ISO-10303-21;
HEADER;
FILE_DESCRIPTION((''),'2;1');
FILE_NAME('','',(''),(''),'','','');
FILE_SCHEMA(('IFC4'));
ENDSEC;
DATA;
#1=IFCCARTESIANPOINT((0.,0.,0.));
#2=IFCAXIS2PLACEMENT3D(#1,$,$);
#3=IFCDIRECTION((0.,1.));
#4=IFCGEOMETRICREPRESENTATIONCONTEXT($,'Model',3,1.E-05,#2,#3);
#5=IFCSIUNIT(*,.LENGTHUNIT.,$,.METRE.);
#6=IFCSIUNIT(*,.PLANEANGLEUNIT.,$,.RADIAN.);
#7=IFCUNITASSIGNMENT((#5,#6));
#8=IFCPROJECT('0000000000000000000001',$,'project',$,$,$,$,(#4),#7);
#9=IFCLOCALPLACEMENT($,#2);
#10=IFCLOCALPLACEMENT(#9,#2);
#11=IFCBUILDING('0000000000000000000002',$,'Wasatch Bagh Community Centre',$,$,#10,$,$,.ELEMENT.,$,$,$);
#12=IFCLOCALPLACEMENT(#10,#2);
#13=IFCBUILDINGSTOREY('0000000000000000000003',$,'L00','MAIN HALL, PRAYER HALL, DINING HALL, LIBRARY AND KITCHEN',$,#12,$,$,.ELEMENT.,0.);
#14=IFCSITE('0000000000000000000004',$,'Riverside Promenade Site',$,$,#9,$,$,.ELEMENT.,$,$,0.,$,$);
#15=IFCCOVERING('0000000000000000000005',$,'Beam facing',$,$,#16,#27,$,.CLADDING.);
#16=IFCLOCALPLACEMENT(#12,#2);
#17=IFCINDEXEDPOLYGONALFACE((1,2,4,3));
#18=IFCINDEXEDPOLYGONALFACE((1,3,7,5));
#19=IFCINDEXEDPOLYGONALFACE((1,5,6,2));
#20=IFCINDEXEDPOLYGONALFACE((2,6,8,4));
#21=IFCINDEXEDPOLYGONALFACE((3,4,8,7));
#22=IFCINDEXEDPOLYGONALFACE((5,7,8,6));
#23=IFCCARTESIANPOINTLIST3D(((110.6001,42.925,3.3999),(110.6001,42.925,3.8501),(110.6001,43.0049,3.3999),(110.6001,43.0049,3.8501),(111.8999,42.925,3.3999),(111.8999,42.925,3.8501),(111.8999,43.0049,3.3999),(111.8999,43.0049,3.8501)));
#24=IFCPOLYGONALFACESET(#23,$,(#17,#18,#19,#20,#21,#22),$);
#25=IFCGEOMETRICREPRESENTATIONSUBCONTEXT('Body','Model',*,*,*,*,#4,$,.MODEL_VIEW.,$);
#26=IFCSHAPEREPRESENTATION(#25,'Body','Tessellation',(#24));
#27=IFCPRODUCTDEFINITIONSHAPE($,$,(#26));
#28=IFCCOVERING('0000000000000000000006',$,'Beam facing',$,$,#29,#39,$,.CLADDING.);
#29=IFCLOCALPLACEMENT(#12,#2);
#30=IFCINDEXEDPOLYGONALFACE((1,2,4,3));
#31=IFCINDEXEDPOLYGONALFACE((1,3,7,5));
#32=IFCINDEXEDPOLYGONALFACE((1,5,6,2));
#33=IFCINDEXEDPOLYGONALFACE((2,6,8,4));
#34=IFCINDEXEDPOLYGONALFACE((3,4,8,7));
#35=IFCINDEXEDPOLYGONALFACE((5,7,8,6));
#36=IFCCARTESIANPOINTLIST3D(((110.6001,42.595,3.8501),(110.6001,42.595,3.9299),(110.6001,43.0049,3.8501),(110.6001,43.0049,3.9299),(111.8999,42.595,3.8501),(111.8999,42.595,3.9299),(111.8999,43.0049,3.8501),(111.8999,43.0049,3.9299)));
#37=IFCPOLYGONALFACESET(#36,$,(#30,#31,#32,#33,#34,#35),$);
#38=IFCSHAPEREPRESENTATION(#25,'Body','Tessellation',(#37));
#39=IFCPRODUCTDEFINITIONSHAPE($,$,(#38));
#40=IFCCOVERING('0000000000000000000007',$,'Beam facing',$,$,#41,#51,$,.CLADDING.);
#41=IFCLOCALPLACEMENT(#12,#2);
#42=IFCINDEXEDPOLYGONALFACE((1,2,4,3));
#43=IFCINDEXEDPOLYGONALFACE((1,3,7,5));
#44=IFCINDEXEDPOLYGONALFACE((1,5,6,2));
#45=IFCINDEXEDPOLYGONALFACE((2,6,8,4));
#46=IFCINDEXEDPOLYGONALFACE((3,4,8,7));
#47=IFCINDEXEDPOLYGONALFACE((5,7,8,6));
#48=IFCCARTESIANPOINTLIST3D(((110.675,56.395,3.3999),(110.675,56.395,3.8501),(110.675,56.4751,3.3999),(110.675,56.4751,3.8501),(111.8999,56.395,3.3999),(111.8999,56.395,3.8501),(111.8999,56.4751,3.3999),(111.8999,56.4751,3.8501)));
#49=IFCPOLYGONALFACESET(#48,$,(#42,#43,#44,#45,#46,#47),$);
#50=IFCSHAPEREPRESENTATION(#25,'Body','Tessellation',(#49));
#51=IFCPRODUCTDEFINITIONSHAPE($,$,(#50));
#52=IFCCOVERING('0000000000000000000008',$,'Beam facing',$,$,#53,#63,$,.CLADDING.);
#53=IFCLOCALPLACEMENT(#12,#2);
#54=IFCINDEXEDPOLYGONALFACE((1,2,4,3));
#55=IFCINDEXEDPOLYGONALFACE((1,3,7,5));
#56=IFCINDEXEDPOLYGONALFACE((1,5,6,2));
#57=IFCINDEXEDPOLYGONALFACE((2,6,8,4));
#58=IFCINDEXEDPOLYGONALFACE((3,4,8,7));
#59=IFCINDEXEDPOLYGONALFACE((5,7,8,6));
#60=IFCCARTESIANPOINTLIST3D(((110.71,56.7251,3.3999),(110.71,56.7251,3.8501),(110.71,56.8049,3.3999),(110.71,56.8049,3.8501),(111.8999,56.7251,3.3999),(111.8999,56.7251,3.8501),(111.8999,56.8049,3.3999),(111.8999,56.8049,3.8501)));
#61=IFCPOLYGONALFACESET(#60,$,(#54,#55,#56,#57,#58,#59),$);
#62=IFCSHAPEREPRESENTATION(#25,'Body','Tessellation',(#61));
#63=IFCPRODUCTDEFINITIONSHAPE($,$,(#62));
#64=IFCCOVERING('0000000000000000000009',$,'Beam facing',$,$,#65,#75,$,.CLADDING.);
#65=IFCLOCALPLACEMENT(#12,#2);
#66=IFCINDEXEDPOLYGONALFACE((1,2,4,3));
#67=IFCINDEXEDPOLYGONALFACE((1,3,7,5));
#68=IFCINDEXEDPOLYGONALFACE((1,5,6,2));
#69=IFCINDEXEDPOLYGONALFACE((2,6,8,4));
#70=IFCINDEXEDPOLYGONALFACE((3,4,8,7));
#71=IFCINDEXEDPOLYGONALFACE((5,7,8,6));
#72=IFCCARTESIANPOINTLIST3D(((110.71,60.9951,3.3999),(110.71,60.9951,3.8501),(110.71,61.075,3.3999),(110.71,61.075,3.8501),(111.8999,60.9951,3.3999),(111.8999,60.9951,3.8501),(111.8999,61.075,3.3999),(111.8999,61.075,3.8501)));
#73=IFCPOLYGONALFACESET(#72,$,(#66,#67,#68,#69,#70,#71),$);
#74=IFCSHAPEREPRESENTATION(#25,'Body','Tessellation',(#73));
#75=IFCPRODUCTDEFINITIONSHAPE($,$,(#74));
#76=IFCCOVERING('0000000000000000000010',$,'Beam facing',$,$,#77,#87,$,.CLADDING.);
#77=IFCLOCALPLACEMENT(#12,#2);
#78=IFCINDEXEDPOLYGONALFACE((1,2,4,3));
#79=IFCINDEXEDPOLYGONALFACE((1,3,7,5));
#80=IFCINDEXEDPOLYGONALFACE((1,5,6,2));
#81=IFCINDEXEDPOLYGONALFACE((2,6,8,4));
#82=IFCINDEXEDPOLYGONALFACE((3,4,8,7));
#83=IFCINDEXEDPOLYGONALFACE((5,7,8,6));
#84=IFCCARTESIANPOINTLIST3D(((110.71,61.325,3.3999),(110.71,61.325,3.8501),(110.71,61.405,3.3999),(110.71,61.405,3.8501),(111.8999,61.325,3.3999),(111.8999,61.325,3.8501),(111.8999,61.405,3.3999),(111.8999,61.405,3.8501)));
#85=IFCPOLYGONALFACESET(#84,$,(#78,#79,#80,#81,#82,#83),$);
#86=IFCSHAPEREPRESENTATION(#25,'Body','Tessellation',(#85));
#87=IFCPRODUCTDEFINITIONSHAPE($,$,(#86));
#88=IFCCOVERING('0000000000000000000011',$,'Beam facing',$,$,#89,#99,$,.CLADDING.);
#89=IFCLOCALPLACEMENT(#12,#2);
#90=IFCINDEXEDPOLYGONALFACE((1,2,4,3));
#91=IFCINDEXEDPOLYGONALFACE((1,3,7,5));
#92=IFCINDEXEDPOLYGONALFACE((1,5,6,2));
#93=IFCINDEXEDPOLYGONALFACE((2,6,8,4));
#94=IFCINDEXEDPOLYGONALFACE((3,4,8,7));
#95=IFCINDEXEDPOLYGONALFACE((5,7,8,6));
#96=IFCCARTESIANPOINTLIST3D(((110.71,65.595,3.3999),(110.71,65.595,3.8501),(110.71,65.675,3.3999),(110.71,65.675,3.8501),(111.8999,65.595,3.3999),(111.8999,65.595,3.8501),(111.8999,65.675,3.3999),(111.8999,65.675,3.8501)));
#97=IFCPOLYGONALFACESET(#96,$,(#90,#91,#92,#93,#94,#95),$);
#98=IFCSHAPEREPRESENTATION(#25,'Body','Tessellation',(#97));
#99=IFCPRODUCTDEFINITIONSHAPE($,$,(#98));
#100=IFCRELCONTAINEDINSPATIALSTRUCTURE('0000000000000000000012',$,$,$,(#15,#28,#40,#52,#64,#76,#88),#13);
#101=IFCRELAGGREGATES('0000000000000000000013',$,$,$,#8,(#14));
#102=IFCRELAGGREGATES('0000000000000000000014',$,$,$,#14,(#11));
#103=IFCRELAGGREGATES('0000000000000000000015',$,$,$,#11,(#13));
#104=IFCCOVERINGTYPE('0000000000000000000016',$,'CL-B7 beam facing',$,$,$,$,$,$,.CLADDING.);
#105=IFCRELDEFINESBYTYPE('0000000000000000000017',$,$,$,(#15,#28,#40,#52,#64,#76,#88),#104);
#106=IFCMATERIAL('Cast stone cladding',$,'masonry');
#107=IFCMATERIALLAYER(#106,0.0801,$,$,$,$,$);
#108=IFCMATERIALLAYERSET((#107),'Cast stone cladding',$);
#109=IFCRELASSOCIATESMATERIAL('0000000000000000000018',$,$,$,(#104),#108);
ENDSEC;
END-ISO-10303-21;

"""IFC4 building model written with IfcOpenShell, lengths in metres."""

from ifc_helpers import new_model, si_unit, direction, frame, origin, place, context, subcontext, project, spatial, polyline, outline, extrude, material, layer, layer_set, type_object, element, save


model = new_model("IFC4")

# Units and contexts
model_context = context("Model", 3, precision=1e-05, world=origin(), true_north=direction((0.0, 1.0)))
body_context = subcontext(model_context, "Body", "Model", "MODEL_VIEW")
ifc_project = project(units=[si_unit("LENGTHUNIT", "METRE"), si_unit("PLANEANGLEUNIT", "RADIAN")], contexts=[model_context])

# Site, building, storey
site_placement = place(None, origin())
site = spatial("IfcSite", under=ifc_project, at=site_placement, Name="Riverside Promenade Site", CompositionType="ELEMENT", RefElevation=0.0)
building_placement = place(site_placement, origin())
building = spatial("IfcBuilding", under=site, at=building_placement, Name="Wasatch Bagh Community Centre", CompositionType="ELEMENT")
storey_placement = place(building_placement, origin())
storey = spatial("IfcBuildingStorey", under=building, at=storey_placement, Name="L00", Description="MAIN HALL, PRAYER HALL, DINING HALL, LIBRARY AND KITCHEN", CompositionType="ELEMENT", Elevation=0.0)

# Coverings
ifc_material = material(Name="Cast stone cladding", Category="masonry")
ifc_layer = layer(ifc_material, 0.0801)
ifc_layer_set = layer_set([ifc_layer], Name="Cast stone cladding")
covering_type = type_object("IfcCoveringType", Name="CL-B7 beam facing", PredefinedType="CLADDING", material=ifc_layer_set)
covering_1_placement = place(storey_placement, frame((0.0, 0.0, 3.3999)))
element("IfcCovering", 1, at=covering_1_placement, inside=storey, type_object=covering_type, Name="Beam facing", PredefinedType="CLADDING", context=body_context, shape_type="SweptSolid", body=[
    extrude(outline(polyline([(111.8999, 42.925), (110.6001, 42.925), (110.6001, 43.0049), (111.8999, 43.0049), (111.8999, 42.925)])), origin(), (0.0, 0.0, 1.0), 0.4502),
])
covering_2_placement = place(storey_placement, frame((0.0, 0.0, 3.8501)))
element("IfcCovering", 2, at=covering_2_placement, inside=storey, type_object=covering_type, Name="Beam facing", PredefinedType="CLADDING", context=body_context, shape_type="SweptSolid", body=[
    extrude(outline(polyline([(111.8999, 43.0049), (110.6001, 43.0049), (110.6001, 42.595), (111.8999, 42.595), (111.8999, 43.0049)])), origin(), (0.0, 0.0, 1.0), 0.0798),
])
covering_3_placement = place(storey_placement, frame((0.0, 0.0, 3.3999)))
element("IfcCovering", 3, at=covering_3_placement, inside=storey, type_object=covering_type, Name="Beam facing", PredefinedType="CLADDING", context=body_context, shape_type="SweptSolid", body=[
    extrude(outline(polyline([(111.8999, 56.4751), (110.675, 56.4751), (110.675, 56.395), (111.8999, 56.395), (111.8999, 56.4751)])), origin(), (0.0, 0.0, 1.0), 0.4502),
])
covering_4_placement = place(storey_placement, frame((0.0, 0.0, 3.3999)))
element("IfcCovering", 4, at=covering_4_placement, inside=storey, type_object=covering_type, Name="Beam facing", PredefinedType="CLADDING", context=body_context, shape_type="SweptSolid", body=[
    extrude(outline(polyline([(111.8999, 56.7251), (110.71, 56.7251), (110.71, 56.8049), (111.8999, 56.8049), (111.8999, 56.7251)])), origin(), (0.0, 0.0, 1.0), 0.4502),
])
covering_5_placement = place(storey_placement, frame((0.0, 0.0, 3.3999)))
element("IfcCovering", 5, at=covering_5_placement, inside=storey, type_object=covering_type, Name="Beam facing", PredefinedType="CLADDING", context=body_context, shape_type="SweptSolid", body=[
    extrude(outline(polyline([(111.8999, 61.075), (110.71, 61.075), (110.71, 60.9951), (111.8999, 60.9951), (111.8999, 61.075)])), origin(), (0.0, 0.0, 1.0), 0.4502),
])
covering_6_placement = place(storey_placement, frame((0.0, 0.0, 3.3999)))
element("IfcCovering", 6, at=covering_6_placement, inside=storey, type_object=covering_type, Name="Beam facing", PredefinedType="CLADDING", context=body_context, shape_type="SweptSolid", body=[
    extrude(outline(polyline([(111.8999, 61.325), (110.71, 61.325), (110.71, 61.405), (111.8999, 61.405), (111.8999, 61.325)])), origin(), (0.0, 0.0, 1.0), 0.4502),
])
covering_7_placement = place(storey_placement, frame((0.0, 0.0, 3.3999)))
element("IfcCovering", 7, at=covering_7_placement, inside=storey, type_object=covering_type, Name="Beam facing", PredefinedType="CLADDING", context=body_context, shape_type="SweptSolid", body=[
    extrude(outline(polyline([(111.8999, 65.675), (110.71, 65.675), (110.71, 65.595), (111.8999, 65.595), (111.8999, 65.675)])), origin(), (0.0, 0.0, 1.0), 0.4502),
])

save(model, "model.ifc")
